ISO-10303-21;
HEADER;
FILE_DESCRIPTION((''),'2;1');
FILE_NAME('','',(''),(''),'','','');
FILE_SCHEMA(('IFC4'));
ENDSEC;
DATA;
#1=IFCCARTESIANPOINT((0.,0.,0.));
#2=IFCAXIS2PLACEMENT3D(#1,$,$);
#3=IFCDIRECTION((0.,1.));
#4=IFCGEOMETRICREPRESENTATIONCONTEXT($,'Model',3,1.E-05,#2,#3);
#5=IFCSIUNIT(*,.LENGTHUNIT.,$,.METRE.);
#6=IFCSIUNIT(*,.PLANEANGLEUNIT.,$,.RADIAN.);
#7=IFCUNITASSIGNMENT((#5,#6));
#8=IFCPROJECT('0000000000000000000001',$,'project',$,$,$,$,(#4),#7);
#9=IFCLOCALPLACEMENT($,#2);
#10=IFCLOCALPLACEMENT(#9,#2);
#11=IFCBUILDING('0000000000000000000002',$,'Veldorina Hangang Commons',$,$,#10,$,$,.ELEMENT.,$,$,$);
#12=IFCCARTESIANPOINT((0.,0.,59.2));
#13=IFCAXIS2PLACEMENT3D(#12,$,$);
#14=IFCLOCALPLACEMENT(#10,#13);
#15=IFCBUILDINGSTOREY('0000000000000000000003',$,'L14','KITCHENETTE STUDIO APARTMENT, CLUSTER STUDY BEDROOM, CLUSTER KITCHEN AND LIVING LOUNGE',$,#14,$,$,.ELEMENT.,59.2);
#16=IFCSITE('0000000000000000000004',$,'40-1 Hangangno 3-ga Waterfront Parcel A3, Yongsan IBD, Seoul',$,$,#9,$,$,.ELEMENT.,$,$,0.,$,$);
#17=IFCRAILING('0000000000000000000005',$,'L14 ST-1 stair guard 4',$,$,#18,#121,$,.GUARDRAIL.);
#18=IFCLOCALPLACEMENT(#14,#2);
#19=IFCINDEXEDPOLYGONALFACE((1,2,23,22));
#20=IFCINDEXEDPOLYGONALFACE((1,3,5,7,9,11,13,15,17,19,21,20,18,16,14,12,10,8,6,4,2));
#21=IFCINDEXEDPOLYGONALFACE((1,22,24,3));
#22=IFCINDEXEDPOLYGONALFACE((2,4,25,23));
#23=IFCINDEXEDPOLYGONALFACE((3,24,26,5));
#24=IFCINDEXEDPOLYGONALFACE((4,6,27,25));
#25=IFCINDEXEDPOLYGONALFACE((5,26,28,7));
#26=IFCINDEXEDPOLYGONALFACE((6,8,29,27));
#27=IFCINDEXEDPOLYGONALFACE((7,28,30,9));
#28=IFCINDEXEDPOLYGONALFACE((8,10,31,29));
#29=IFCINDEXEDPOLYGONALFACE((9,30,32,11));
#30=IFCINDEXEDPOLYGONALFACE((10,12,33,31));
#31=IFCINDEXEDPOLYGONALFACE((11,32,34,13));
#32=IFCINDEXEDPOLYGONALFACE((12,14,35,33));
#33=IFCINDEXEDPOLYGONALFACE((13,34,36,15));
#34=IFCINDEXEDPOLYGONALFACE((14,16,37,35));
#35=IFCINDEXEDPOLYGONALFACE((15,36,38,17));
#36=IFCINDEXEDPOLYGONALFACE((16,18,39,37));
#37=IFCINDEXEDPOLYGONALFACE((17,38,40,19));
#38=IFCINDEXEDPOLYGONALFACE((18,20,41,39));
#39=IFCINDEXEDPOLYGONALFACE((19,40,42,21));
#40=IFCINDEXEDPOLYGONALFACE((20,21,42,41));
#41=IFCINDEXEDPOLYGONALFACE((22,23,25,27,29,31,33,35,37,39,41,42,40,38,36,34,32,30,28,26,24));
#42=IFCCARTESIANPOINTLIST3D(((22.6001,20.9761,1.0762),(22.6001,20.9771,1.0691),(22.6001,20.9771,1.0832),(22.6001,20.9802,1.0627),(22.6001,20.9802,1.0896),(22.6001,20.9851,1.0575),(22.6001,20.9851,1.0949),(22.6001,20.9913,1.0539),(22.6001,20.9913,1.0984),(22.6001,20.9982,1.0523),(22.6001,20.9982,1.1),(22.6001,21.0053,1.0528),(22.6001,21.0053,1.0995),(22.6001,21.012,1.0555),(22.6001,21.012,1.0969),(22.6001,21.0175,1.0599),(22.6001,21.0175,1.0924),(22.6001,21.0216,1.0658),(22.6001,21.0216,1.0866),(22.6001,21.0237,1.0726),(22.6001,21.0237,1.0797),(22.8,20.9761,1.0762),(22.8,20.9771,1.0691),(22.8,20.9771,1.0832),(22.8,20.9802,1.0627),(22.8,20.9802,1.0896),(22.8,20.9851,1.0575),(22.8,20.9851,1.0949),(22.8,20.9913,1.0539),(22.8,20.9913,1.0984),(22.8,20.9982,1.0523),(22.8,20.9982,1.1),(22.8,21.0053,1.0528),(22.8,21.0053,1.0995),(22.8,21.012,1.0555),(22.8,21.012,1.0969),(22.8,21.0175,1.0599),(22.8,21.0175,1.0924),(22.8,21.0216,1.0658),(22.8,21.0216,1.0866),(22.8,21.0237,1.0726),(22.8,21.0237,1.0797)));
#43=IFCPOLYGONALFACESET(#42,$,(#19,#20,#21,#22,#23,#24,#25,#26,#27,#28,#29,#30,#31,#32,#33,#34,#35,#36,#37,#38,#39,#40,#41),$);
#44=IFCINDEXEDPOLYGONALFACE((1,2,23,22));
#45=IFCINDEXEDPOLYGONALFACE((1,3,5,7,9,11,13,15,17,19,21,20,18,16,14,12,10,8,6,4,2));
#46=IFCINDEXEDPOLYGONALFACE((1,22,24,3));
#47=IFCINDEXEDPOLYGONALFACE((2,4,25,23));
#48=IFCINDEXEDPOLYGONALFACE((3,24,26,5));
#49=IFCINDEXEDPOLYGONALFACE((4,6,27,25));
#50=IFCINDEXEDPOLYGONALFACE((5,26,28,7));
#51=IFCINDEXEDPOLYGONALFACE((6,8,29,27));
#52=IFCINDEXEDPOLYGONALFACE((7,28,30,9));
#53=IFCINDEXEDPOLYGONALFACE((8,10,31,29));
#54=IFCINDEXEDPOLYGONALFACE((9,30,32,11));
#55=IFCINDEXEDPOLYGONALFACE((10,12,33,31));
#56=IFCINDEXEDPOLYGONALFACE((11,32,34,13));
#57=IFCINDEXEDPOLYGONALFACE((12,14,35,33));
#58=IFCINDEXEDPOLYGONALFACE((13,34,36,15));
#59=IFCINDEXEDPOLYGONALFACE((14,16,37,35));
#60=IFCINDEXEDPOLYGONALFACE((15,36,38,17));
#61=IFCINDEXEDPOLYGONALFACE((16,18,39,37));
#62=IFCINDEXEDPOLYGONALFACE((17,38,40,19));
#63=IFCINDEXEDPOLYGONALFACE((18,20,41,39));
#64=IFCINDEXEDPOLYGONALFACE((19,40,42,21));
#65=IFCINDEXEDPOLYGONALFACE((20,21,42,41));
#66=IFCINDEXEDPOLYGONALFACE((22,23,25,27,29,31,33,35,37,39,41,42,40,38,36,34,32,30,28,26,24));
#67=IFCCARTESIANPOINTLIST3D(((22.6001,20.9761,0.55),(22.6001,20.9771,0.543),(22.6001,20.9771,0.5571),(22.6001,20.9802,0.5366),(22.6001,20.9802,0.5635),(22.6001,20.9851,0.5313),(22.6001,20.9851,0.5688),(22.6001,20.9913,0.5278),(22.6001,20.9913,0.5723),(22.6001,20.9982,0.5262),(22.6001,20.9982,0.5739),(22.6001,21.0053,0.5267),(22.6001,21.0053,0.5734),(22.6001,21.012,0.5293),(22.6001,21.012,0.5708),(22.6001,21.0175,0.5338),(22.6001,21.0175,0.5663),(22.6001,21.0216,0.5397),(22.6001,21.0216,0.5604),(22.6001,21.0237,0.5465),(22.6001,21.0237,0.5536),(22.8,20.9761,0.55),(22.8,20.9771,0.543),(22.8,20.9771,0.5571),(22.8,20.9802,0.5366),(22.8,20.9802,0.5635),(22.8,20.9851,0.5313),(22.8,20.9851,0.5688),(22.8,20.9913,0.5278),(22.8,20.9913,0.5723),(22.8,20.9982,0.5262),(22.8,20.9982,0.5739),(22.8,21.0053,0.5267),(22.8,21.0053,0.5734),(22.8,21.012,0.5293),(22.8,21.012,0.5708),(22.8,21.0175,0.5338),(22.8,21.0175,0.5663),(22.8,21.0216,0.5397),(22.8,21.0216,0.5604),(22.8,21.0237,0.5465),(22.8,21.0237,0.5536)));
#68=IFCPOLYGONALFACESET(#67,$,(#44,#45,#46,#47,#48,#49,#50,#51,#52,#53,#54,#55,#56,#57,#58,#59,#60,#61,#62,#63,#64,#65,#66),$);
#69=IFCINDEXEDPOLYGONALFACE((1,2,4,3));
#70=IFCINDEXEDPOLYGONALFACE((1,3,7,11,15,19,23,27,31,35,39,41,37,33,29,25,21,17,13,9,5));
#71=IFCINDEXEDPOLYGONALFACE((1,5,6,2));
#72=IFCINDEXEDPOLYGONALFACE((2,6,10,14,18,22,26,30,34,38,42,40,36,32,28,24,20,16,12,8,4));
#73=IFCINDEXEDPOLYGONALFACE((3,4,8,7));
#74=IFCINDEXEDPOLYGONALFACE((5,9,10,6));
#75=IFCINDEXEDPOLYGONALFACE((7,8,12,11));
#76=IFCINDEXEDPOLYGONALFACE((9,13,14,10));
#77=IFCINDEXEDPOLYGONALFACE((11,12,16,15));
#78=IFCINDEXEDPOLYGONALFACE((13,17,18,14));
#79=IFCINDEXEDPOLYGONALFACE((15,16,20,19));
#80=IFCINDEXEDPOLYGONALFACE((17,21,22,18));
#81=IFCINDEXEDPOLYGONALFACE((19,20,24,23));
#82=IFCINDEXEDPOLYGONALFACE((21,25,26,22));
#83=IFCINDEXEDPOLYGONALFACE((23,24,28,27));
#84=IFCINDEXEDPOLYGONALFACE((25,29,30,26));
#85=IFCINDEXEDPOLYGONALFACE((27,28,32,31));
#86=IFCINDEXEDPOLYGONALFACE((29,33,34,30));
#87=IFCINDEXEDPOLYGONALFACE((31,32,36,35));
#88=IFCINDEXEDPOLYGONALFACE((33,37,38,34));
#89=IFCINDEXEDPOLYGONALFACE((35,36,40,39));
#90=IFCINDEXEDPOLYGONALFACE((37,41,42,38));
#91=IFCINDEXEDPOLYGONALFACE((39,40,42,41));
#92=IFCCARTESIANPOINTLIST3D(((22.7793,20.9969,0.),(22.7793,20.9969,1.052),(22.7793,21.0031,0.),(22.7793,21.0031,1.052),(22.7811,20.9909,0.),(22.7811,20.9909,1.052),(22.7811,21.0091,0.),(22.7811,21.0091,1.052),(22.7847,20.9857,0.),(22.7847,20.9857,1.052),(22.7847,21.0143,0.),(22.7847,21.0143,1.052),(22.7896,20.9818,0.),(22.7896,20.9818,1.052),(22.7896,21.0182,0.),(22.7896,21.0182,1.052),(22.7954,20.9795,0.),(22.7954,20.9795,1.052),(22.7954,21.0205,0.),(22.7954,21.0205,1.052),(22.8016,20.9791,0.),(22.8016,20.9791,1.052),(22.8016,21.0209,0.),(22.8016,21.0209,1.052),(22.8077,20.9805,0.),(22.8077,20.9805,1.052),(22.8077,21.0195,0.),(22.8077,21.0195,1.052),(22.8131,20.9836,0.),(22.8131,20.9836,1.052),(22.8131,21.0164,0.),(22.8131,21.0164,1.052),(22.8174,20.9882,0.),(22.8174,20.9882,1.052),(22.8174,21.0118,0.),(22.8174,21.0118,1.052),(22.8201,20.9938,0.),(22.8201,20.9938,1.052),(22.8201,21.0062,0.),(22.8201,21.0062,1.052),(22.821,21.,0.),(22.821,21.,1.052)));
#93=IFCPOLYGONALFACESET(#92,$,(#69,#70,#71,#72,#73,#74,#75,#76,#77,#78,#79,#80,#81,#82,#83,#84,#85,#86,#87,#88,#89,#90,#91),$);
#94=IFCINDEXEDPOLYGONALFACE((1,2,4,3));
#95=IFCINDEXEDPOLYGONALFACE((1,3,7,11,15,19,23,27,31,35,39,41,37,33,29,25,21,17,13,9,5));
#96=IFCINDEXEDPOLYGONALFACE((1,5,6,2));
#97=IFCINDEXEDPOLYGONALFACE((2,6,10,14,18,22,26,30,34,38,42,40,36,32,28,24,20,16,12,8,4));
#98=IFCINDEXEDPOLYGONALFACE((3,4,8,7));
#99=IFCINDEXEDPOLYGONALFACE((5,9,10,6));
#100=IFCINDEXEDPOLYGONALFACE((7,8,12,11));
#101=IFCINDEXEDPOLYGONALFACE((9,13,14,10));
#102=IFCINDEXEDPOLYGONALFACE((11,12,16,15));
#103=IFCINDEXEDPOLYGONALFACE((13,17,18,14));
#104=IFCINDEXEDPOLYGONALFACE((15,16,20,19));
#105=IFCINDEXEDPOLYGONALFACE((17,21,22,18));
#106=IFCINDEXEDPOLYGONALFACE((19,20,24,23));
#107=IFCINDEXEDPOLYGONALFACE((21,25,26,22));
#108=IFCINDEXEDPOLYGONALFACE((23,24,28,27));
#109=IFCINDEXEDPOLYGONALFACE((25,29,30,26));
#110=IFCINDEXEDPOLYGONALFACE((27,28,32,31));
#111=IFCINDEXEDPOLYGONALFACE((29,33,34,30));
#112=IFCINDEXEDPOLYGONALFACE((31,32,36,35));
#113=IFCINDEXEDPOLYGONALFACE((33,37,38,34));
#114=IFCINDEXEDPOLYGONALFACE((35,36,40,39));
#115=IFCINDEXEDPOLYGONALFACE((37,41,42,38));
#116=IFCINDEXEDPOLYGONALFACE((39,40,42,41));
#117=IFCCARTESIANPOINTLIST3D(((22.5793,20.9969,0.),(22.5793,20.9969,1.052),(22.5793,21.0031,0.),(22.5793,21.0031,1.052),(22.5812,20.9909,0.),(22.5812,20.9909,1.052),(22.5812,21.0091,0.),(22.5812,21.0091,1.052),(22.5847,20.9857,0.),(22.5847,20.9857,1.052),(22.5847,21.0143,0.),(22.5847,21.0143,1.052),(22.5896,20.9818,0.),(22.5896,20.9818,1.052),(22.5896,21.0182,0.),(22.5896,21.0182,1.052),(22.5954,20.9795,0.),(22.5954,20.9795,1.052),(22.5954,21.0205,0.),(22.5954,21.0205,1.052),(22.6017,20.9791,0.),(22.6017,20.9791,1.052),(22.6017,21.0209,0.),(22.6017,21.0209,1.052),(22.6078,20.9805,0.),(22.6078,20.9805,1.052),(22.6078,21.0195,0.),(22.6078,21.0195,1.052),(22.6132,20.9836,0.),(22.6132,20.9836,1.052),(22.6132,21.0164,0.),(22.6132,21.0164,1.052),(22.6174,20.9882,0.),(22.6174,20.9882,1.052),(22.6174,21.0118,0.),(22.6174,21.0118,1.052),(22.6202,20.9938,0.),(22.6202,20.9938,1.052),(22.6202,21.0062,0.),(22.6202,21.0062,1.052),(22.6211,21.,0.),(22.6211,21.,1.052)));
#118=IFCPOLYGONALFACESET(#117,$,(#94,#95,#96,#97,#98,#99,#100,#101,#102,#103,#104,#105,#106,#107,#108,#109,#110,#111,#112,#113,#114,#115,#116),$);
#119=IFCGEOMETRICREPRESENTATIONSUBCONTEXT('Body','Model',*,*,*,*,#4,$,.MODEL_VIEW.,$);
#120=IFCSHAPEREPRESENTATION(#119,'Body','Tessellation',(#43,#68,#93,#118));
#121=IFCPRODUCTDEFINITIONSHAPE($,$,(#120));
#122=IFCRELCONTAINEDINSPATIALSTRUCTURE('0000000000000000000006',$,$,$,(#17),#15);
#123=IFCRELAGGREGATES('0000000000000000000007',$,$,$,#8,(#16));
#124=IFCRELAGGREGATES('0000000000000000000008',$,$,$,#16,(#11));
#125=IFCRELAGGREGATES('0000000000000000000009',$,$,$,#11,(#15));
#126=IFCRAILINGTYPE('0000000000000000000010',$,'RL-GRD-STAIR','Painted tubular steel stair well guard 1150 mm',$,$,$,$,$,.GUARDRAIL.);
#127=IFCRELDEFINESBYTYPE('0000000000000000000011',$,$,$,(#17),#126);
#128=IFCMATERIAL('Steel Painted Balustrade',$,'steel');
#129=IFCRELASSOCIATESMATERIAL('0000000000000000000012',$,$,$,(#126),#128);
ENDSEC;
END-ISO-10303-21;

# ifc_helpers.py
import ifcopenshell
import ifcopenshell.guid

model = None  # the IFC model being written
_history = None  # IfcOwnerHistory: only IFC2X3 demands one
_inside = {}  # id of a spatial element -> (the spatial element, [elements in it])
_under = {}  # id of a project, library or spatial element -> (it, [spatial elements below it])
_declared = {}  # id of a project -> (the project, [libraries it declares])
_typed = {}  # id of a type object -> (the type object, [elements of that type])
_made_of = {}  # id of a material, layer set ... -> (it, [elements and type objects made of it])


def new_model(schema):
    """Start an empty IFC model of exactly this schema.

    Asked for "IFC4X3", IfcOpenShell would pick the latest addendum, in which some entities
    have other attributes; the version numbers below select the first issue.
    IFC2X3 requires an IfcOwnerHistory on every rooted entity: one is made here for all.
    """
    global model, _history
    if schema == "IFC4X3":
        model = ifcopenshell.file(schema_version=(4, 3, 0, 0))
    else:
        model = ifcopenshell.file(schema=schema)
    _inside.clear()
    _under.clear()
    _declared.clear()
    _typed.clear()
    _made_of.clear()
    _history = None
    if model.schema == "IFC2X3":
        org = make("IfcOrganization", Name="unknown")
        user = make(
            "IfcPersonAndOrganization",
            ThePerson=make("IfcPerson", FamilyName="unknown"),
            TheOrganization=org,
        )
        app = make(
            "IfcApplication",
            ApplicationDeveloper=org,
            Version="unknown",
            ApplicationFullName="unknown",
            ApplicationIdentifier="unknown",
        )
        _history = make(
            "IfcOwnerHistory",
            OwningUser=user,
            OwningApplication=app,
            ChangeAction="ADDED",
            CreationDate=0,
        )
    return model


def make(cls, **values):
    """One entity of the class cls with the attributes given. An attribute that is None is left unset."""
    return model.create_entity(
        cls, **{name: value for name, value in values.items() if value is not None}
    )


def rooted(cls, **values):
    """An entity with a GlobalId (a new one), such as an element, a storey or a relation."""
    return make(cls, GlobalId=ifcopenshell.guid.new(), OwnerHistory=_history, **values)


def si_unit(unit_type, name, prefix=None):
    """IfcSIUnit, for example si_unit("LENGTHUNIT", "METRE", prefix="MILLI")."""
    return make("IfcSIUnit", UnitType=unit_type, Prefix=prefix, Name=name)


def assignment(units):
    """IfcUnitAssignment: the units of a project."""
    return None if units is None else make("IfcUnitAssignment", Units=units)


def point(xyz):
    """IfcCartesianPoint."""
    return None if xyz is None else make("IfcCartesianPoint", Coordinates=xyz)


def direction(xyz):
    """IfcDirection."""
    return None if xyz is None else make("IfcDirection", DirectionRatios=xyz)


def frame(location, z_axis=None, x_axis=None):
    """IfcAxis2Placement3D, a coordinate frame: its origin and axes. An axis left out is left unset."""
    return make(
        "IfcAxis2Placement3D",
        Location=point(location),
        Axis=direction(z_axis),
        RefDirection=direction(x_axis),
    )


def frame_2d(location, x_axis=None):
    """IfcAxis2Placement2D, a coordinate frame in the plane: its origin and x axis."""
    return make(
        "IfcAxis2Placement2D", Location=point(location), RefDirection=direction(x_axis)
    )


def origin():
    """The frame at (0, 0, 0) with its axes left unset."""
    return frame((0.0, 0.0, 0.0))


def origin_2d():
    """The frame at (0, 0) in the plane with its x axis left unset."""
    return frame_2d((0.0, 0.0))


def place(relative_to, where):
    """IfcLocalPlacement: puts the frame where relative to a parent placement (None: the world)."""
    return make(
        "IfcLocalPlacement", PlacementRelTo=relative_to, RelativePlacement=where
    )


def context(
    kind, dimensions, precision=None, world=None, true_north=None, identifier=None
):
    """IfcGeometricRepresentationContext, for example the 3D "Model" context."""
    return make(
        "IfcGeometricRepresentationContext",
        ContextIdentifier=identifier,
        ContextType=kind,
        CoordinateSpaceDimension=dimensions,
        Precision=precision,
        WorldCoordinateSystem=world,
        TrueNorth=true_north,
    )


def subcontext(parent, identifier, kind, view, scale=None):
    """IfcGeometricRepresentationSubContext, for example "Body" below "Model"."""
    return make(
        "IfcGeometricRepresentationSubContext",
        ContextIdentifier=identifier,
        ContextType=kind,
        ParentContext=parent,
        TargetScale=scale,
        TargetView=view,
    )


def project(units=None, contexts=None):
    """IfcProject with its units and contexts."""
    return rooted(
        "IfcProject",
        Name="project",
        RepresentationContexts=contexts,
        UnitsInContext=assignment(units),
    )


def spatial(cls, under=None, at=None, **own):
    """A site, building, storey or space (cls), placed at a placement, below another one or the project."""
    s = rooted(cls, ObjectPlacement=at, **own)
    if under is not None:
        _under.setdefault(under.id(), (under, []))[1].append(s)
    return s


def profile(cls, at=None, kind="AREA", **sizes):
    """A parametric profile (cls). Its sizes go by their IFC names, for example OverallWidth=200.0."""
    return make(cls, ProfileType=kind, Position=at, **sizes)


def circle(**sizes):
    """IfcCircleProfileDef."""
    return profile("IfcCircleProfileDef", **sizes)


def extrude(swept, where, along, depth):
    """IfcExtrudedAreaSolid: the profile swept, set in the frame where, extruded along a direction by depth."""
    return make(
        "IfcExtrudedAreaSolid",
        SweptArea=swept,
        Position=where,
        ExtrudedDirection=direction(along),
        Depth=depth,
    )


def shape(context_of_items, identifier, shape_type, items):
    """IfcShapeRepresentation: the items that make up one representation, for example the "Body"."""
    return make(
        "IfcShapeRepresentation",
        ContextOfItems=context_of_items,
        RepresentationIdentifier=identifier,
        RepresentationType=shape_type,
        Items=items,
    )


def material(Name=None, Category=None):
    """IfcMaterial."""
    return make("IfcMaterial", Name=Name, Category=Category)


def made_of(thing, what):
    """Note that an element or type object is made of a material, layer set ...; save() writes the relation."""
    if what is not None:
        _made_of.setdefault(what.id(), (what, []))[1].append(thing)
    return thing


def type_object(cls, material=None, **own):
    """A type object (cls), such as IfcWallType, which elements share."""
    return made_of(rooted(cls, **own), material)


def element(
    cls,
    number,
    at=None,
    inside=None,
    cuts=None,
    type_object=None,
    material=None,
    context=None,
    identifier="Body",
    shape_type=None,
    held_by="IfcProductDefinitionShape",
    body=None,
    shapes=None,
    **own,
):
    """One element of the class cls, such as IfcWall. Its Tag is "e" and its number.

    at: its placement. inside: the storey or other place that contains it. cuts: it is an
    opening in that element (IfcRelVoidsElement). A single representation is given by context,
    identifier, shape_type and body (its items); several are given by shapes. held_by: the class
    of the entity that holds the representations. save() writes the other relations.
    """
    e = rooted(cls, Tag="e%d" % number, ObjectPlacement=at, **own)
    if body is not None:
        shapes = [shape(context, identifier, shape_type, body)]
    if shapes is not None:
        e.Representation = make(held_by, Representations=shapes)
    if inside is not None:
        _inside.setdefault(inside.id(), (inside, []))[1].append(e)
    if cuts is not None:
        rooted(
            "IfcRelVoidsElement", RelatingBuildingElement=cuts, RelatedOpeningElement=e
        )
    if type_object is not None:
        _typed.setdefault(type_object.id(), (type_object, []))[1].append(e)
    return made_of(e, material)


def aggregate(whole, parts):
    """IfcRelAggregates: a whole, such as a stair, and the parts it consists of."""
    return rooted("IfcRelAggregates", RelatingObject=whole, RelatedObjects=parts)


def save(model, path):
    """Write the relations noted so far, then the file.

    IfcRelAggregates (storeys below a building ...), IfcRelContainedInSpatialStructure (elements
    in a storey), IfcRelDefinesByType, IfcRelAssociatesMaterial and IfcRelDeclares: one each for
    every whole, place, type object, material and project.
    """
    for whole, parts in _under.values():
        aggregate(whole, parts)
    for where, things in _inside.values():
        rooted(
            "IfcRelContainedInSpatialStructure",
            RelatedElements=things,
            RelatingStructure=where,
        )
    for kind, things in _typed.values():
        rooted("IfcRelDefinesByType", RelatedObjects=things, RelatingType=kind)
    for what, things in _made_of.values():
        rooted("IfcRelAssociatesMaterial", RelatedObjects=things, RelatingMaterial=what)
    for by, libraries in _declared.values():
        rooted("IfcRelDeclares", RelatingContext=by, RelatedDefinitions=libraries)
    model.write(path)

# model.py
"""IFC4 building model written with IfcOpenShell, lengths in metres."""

from ifc_helpers import new_model, si_unit, direction, frame, origin, origin_2d, place, context, subcontext, project, spatial, circle, extrude, material, type_object, element, save


model = new_model("IFC4")

# Units and contexts
model_context = context("Model", 3, precision=1e-05, world=origin(), true_north=direction((0.0, 1.0)))
body_context = subcontext(model_context, "Body", "Model", "MODEL_VIEW")
ifc_project = project(units=[si_unit("LENGTHUNIT", "METRE"), si_unit("PLANEANGLEUNIT", "RADIAN")], contexts=[model_context])

# Site, building, storey
site_placement = place(None, origin())
site = spatial("IfcSite", under=ifc_project, at=site_placement, Name="40-1 Hangangno 3-ga Waterfront Parcel A3, Yongsan IBD, Seoul", CompositionType="ELEMENT", RefElevation=0.0)
building_placement = place(site_placement, origin())
building = spatial("IfcBuilding", under=site, at=building_placement, Name="Veldorina Hangang Commons", CompositionType="ELEMENT")
storey_placement = place(building_placement, frame((0.0, 0.0, 59.2)))
storey = spatial("IfcBuildingStorey", under=building, at=storey_placement, Name="L14", Description="KITCHENETTE STUDIO APARTMENT, CLUSTER STUDY BEDROOM, CLUSTER KITCHEN AND LIVING LOUNGE", CompositionType="ELEMENT", Elevation=59.2)

# Railing
ifc_material_1 = material(Name="Steel Painted Balustrade", Category="steel")
railing_type = type_object("IfcRailingType", Name="RL-GRD-STAIR", Description="Painted tubular steel stair well guard 1150 mm", PredefinedType="GUARDRAIL", material=ifc_material_1)
railing_1_placement = place(storey_placement, frame((22.8, 21.0, 0.0)))
element("IfcRailing", 1, at=railing_1_placement, inside=storey, type_object=railing_type, Name="L14 ST-1 stair guard 4", PredefinedType="GUARDRAIL", context=body_context, shape_type="SweptSolid", body=[
    extrude(circle(Radius=0.0239, at=origin_2d()), frame((0.0, 0.0, 1.0762), z_axis=(-1.0, 0.0, 0.0), x_axis=(0.0, -1.0, 0.0)), (0.0, 0.0, 1.0), 0.2),
    extrude(circle(Radius=0.0239, at=origin_2d()), frame((0.0, 0.0, 0.55), z_axis=(-1.0, 0.0, 0.0), x_axis=(0.0, -1.0, 0.0)), (0.0, 0.0, 1.0), 0.2),
    extrude(circle(Radius=0.021, at=origin_2d()), origin(), (0.0, 0.0, 1.0), 1.052),
    extrude(circle(Radius=0.021, at=origin_2d()), frame((-0.2, 0.0, 0.0)), (0.0, 0.0, 1.0), 1.052),
])

save(model, "model.ifc")
